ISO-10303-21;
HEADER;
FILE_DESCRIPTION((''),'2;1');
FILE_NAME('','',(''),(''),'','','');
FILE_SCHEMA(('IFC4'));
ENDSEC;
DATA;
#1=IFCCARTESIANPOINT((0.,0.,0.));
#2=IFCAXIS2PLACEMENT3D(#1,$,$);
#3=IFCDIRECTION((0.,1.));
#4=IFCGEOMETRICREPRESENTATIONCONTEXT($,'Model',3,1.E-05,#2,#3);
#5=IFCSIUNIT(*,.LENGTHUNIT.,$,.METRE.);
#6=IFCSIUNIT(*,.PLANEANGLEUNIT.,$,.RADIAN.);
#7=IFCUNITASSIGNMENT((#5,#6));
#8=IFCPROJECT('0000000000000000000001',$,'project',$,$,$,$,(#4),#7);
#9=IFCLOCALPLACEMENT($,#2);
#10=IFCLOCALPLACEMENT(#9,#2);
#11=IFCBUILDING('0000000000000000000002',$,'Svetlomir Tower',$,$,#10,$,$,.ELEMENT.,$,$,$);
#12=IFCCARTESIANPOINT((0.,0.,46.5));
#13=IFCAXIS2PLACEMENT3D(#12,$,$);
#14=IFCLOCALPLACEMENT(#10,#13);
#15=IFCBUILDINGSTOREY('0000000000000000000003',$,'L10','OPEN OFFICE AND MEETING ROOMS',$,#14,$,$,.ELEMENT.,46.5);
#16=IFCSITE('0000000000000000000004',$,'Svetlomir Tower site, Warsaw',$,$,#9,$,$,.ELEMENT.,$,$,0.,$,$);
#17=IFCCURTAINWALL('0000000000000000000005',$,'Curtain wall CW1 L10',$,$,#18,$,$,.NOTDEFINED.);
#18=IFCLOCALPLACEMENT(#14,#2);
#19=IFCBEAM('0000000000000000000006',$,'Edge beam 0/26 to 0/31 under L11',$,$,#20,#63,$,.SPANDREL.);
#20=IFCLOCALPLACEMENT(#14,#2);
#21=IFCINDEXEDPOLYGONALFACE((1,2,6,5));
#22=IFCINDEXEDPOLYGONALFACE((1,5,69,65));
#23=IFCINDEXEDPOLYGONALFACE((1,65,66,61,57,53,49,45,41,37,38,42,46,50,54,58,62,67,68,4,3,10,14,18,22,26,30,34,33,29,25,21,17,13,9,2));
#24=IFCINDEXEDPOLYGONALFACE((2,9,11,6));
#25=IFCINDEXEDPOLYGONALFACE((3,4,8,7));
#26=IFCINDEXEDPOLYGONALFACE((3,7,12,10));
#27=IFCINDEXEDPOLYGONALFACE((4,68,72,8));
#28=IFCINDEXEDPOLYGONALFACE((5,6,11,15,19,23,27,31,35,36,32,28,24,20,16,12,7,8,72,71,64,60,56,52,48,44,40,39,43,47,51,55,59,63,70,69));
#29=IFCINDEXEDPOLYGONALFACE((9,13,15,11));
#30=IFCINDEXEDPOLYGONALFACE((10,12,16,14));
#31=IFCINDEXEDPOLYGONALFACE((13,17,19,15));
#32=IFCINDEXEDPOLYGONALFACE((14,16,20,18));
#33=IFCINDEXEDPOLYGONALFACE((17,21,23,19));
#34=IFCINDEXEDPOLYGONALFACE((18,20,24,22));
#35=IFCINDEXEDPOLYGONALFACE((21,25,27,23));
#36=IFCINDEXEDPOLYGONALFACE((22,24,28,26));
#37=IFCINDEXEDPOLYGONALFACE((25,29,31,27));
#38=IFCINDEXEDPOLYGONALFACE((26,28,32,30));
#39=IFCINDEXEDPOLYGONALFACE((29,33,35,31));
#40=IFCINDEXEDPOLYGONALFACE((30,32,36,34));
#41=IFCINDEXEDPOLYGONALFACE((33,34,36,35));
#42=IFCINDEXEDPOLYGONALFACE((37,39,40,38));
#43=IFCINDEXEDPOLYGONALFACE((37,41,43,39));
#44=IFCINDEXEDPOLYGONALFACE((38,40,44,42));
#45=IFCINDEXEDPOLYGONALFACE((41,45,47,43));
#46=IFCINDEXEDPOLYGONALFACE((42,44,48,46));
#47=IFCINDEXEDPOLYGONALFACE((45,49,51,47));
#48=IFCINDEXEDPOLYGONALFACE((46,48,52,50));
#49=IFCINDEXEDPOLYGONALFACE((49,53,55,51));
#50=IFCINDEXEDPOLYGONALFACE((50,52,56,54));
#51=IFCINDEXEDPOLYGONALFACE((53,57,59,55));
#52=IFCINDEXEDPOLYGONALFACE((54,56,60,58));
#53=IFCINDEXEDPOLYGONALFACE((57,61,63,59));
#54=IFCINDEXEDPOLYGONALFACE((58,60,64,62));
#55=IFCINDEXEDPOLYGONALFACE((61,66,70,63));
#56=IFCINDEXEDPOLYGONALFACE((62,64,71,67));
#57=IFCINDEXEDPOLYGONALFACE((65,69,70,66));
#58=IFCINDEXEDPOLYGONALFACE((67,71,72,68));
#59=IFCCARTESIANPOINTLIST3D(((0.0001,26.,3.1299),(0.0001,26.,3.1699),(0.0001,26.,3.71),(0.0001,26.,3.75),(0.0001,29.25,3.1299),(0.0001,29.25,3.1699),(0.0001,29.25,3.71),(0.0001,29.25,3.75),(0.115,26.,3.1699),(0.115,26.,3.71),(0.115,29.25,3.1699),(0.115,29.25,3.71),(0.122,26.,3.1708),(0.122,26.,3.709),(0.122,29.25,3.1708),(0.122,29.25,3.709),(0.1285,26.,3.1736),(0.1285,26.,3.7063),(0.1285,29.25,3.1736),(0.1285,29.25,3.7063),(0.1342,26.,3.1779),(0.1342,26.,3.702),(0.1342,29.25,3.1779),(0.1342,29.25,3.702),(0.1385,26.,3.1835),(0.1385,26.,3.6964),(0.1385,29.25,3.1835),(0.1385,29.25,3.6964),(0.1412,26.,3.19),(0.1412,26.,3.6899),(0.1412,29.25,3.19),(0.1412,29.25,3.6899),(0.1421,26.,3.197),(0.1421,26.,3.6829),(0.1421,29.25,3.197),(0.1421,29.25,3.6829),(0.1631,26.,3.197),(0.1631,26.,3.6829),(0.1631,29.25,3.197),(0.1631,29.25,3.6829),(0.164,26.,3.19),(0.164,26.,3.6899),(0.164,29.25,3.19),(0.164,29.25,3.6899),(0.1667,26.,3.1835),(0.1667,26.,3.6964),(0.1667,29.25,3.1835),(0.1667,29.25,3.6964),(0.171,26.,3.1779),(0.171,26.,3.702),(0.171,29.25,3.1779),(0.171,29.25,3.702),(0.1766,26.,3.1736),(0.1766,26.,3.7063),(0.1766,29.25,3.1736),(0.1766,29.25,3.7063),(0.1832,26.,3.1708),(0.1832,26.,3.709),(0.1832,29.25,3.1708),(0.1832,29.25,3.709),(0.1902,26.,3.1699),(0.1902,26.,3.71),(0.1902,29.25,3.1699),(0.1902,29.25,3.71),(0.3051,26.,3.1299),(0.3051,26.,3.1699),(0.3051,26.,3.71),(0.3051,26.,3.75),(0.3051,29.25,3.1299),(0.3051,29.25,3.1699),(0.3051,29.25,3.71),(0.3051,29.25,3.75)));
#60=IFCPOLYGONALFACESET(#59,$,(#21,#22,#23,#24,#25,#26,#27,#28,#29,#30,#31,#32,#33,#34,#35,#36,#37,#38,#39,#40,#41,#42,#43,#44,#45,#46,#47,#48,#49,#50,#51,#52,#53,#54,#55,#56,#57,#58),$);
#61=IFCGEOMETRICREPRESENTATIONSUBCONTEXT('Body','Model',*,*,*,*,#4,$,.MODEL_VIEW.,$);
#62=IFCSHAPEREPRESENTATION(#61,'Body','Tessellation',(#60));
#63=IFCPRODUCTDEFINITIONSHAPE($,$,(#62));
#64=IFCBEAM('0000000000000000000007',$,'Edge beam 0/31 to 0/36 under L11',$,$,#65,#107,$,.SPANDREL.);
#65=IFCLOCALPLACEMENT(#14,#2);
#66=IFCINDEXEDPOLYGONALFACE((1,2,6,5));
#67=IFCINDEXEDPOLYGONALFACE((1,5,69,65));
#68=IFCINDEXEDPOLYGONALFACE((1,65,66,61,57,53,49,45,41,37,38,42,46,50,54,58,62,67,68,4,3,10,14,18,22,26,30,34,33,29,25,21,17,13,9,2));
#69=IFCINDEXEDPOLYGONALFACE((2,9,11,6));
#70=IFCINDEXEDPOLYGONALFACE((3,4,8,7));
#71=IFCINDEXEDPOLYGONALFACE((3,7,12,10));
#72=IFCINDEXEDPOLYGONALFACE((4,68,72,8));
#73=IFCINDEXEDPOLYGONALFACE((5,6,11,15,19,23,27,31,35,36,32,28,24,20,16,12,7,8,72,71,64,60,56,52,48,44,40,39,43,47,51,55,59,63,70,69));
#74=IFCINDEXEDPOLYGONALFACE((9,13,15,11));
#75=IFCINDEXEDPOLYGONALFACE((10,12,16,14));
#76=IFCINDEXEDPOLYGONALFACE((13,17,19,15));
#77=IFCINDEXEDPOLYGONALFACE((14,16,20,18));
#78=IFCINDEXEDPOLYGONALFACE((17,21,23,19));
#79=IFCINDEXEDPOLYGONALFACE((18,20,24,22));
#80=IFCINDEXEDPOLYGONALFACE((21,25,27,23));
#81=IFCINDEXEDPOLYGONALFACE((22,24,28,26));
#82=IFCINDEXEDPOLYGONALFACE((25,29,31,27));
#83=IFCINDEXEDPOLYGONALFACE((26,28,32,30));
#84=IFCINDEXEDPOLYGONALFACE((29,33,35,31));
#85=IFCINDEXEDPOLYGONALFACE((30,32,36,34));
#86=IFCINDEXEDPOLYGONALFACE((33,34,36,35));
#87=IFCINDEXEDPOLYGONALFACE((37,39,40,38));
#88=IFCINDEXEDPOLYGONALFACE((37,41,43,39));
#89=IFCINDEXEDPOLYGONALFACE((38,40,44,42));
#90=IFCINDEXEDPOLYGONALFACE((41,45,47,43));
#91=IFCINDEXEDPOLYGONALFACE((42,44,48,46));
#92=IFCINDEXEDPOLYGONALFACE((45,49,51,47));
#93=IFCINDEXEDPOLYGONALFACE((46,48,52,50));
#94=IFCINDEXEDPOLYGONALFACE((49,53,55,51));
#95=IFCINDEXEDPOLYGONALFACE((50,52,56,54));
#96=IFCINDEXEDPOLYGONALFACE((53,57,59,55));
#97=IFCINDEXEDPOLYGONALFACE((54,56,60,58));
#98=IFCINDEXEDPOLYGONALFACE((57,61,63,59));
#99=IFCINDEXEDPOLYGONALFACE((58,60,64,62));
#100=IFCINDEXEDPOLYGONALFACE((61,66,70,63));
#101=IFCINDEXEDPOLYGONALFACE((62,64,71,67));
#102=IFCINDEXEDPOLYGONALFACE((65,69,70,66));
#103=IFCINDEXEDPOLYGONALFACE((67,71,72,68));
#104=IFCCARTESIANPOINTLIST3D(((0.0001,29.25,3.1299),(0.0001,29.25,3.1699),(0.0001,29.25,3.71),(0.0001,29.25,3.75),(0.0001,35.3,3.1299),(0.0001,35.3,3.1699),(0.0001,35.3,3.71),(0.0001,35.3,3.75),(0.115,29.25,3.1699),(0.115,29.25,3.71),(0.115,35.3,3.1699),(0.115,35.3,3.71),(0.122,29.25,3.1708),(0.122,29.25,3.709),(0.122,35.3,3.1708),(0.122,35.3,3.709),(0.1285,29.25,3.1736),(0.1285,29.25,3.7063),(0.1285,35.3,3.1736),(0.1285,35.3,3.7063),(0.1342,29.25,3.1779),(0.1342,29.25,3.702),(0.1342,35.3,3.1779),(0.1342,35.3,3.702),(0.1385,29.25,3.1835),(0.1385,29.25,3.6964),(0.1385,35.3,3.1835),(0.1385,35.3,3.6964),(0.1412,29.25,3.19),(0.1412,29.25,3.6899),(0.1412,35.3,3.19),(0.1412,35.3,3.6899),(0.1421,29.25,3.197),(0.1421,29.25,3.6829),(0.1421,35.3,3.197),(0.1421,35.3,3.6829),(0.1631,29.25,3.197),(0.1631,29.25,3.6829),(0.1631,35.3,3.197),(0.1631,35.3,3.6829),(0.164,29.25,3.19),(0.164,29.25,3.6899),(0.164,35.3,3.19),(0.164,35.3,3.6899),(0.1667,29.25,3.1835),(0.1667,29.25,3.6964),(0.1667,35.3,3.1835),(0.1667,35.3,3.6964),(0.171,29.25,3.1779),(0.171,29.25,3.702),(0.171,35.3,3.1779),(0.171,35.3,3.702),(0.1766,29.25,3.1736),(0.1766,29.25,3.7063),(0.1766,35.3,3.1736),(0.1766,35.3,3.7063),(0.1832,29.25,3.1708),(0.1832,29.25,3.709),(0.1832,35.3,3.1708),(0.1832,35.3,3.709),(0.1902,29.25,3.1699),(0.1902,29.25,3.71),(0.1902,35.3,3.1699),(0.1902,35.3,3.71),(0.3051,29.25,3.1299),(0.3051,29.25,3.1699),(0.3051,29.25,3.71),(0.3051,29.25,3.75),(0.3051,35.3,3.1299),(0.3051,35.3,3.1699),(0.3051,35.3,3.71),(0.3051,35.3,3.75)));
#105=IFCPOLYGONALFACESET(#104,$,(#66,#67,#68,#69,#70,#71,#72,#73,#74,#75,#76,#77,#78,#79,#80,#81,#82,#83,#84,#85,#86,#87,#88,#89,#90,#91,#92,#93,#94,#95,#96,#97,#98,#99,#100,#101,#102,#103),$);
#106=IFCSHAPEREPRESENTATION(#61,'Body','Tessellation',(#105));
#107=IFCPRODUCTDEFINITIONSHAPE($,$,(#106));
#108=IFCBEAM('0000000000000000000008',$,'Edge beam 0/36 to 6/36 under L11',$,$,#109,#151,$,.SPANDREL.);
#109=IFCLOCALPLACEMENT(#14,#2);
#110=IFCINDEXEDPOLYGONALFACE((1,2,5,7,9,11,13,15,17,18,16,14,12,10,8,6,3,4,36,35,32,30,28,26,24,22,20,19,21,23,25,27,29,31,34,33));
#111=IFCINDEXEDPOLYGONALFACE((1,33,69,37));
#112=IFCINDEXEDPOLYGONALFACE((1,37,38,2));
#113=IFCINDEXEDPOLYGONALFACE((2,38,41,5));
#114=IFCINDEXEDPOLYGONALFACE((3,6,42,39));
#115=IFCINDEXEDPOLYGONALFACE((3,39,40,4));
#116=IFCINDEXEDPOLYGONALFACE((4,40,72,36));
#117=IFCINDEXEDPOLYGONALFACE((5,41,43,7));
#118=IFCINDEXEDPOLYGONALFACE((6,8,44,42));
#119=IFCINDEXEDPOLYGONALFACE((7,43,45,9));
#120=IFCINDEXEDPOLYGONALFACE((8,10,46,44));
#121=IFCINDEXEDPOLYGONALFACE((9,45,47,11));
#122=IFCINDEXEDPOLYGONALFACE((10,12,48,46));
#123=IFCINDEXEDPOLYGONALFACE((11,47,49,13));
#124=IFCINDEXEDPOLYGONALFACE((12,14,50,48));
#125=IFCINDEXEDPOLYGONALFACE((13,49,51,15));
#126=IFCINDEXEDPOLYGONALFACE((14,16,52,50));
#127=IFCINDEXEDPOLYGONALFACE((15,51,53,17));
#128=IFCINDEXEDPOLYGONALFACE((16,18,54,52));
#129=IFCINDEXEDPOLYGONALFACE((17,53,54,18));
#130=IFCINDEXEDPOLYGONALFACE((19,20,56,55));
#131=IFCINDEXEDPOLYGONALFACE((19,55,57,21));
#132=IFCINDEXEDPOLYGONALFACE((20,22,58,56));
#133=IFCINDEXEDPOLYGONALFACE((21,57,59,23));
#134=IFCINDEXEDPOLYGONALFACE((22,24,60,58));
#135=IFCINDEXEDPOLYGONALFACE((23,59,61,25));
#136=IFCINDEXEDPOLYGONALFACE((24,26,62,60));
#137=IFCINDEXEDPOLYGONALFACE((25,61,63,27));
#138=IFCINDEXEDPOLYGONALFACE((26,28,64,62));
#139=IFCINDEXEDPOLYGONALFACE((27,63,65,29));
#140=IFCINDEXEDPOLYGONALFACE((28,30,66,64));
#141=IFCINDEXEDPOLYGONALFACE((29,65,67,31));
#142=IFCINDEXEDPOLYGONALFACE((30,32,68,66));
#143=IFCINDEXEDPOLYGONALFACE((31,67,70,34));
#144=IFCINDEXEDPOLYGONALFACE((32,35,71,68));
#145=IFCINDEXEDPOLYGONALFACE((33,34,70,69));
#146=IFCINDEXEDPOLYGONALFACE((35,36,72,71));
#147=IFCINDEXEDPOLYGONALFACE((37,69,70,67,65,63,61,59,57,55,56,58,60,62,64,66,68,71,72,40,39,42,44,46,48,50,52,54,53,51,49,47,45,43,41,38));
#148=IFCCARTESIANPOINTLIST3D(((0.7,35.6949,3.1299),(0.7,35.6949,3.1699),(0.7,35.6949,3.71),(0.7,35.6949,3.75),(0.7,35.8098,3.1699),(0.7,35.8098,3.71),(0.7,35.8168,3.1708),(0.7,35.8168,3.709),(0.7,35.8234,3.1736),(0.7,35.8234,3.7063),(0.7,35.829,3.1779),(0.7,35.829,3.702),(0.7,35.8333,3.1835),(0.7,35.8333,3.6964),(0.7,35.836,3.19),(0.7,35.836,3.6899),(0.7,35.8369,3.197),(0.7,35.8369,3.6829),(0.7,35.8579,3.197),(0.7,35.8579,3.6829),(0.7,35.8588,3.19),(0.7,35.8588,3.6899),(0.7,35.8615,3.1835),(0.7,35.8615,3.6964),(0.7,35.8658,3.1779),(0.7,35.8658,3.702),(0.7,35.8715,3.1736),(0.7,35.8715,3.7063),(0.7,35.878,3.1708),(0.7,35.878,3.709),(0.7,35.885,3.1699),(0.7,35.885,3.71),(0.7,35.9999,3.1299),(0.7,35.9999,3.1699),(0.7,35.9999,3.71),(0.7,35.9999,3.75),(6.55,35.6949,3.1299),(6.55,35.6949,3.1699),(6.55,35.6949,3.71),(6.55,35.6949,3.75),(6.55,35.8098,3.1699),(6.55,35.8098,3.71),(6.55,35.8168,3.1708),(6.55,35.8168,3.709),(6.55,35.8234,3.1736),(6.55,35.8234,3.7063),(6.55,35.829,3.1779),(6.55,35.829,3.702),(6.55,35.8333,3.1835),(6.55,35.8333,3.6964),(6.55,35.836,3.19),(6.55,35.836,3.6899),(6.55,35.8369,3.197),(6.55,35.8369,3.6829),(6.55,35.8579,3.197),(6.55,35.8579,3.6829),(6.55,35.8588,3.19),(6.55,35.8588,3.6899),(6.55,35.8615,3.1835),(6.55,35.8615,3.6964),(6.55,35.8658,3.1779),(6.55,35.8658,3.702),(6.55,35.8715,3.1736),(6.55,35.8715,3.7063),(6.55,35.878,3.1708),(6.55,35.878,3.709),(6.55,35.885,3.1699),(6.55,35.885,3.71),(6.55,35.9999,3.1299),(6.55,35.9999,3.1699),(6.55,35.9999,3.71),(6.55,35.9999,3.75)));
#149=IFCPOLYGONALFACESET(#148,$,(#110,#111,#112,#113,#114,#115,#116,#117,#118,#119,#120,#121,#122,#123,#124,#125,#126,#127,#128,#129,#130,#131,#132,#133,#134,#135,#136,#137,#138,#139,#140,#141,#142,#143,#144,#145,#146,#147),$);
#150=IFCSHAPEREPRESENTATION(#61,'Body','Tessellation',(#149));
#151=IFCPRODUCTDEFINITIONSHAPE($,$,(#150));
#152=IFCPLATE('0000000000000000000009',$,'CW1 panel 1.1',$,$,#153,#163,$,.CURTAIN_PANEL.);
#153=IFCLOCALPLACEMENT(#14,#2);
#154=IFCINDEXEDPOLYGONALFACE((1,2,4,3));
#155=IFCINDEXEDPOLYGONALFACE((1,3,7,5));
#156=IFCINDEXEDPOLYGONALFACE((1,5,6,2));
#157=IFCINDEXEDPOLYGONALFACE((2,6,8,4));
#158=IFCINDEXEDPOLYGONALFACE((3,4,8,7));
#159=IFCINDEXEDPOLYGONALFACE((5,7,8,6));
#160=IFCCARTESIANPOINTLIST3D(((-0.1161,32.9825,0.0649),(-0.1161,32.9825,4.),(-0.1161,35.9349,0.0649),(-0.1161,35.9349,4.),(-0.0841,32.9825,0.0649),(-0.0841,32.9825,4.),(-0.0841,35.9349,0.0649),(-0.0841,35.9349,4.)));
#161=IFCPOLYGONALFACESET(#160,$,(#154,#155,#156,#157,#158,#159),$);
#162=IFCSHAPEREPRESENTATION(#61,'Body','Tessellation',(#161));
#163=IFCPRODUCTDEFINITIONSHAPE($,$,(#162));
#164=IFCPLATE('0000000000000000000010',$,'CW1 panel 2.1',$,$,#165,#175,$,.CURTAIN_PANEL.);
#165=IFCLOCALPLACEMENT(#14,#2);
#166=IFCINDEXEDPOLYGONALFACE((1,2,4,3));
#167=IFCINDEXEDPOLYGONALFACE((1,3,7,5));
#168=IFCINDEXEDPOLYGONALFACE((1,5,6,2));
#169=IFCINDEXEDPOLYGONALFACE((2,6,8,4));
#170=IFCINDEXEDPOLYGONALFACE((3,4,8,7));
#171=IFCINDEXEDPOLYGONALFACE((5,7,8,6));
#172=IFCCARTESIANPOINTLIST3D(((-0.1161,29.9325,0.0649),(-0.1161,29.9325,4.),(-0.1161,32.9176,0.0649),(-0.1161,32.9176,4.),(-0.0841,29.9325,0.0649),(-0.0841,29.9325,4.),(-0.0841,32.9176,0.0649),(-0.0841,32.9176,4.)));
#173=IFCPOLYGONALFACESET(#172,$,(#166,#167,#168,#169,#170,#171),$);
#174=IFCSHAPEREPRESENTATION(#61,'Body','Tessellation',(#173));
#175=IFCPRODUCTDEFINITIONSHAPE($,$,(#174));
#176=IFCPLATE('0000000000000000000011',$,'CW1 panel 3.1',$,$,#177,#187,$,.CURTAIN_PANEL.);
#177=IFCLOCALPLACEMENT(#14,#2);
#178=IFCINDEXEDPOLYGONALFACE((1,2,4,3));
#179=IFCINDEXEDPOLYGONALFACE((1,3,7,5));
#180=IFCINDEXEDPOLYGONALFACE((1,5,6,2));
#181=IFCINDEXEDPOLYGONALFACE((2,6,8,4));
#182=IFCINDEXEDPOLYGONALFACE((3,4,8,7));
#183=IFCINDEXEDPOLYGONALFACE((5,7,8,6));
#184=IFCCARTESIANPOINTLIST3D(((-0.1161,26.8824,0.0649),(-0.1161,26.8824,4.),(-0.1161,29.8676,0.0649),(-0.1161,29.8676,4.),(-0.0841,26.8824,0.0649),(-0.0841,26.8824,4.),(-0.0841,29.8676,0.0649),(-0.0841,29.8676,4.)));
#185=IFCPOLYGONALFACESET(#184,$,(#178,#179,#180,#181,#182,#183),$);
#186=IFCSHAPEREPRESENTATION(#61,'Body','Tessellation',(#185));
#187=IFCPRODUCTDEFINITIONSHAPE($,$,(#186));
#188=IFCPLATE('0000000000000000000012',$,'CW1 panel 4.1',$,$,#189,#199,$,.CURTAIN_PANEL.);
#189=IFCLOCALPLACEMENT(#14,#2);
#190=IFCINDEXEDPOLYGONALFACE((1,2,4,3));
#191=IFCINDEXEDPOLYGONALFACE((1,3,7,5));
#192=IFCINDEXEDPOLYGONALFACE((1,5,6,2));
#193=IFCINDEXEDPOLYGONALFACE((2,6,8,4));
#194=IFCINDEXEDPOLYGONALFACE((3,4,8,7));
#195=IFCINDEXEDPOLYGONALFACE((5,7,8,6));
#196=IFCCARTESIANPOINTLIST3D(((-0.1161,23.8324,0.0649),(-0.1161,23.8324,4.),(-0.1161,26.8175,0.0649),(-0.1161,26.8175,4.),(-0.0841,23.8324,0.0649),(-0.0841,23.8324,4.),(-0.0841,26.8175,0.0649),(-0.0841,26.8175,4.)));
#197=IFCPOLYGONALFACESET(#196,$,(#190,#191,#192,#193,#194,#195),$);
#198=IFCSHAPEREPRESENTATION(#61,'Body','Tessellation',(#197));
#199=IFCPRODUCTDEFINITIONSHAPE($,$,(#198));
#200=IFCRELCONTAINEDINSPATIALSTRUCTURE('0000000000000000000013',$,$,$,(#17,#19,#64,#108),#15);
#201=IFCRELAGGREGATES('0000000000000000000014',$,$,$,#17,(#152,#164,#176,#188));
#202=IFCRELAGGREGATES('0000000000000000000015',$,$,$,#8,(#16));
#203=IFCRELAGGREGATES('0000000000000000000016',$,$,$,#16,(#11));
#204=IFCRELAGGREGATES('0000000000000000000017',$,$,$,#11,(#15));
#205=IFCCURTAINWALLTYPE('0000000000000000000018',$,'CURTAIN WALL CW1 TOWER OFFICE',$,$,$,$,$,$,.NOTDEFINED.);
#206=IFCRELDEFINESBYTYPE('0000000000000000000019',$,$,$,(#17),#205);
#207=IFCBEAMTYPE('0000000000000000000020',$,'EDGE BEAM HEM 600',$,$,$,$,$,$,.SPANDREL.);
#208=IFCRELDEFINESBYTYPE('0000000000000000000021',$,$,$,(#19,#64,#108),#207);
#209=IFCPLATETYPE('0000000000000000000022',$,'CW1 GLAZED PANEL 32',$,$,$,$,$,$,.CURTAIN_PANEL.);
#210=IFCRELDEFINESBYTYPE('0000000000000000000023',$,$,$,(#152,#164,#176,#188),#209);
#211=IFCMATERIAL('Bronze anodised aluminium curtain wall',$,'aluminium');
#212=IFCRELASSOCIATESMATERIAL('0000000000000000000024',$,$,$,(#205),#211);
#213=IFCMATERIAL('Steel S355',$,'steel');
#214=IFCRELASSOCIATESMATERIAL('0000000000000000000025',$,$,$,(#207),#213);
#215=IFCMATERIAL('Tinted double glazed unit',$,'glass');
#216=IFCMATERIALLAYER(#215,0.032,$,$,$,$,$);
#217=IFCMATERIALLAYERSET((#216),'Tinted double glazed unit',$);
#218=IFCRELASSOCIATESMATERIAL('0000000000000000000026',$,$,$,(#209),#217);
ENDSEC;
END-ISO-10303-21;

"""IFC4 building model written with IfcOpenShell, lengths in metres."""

from ifc_helpers import new_model, si_unit, direction, frame, origin, origin_2d, place, context, subcontext, project, spatial, rectangle, i_section, extrude, material, layer, layer_set, material_profile, profile_set, type_object, element, aggregate, save


model = new_model("IFC4")

# Units and contexts
model_context = context("Model", 3, precision=1e-05, world=origin(), true_north=direction((0.0, 1.0)))
body_context = subcontext(model_context, "Body", "Model", "MODEL_VIEW")
ifc_project = project(units=[si_unit("LENGTHUNIT", "METRE"), si_unit("PLANEANGLEUNIT", "RADIAN")], contexts=[model_context])

# Site, building, storey
site_placement = place(None, origin())
site = spatial("IfcSite", under=ifc_project, at=site_placement, Name="Svetlomir Tower site, Warsaw", CompositionType="ELEMENT", RefElevation=0.0)
building_placement = place(site_placement, origin())
building = spatial("IfcBuilding", under=site, at=building_placement, Name="Svetlomir Tower", CompositionType="ELEMENT")
storey_placement = place(building_placement, frame((0.0, 0.0, 46.5)))
storey = spatial("IfcBuildingStorey", under=building, at=storey_placement, Name="L10", Description="OPEN OFFICE AND MEETING ROOMS", CompositionType="ELEMENT", Elevation=46.5)

# Curtain wall
ifc_material_1 = material(Name="Bronze anodised aluminium curtain wall", Category="aluminium")
curtain_wall_type = type_object("IfcCurtainWallType", Name="CURTAIN WALL CW1 TOWER OFFICE", PredefinedType="NOTDEFINED", material=ifc_material_1)
curtain_wall_placement = place(storey_placement, origin())
curtain_wall = element("IfcCurtainWall", 1, at=curtain_wall_placement, inside=storey, type_object=curtain_wall_type, Name="Curtain wall CW1 L10", PredefinedType="NOTDEFINED")

# Beams
ifc_material_2 = material(Name="Steel S355", Category="steel")
ifc_material_profile_1 = material_profile(ifc_material_2, i_section(OverallWidth=0.3049, OverallDepth=0.6201, WebThickness=0.021, FlangeThickness=0.04, FilletRadius=0.0271, at=origin_2d()), Name="HEM 600")
ifc_profile_set_1 = profile_set([ifc_material_profile_1], Name="Steel S355")
beam_type = type_object("IfcBeamType", Name="EDGE BEAM HEM 600", PredefinedType="SPANDREL", material=ifc_profile_set_1)
beam_1_placement = place(storey_placement, frame((0.1526, 26.0, 3.4399), z_axis=(0.0, 1.0, 0.0), x_axis=(-1.0, 0.0, 0.0)))
element("IfcBeam", 2, at=beam_1_placement, inside=storey, type_object=beam_type, Name="Edge beam 0/26 to 0/31 under L11", PredefinedType="SPANDREL", context=body_context, shape_type="SweptSolid", body=[
    extrude(i_section(OverallWidth=0.3049, OverallDepth=0.6201, WebThickness=0.021, FlangeThickness=0.04, FilletRadius=0.0271, at=origin_2d()), origin(), (0.0, 0.0, 1.0), 3.25),
])
beam_2_placement = place(storey_placement, frame((0.1526, 29.25, 3.4399), z_axis=(0.0, 1.0, 0.0), x_axis=(-1.0, 0.0, 0.0)))
element("IfcBeam", 3, at=beam_2_placement, inside=storey, type_object=beam_type, Name="Edge beam 0/31 to 0/36 under L11", PredefinedType="SPANDREL", context=body_context, shape_type="SweptSolid", body=[
    extrude(i_section(OverallWidth=0.3049, OverallDepth=0.6201, WebThickness=0.021, FlangeThickness=0.04, FilletRadius=0.0271, at=origin_2d()), origin(), (0.0, 0.0, 1.0), 6.05),
])
beam_3_placement = place(storey_placement, frame((0.7, 35.8474, 3.4399), z_axis=(1.0, 0.0, 0.0), x_axis=(0.0, 1.0, 0.0)))
element("IfcBeam", 4, at=beam_3_placement, inside=storey, type_object=beam_type, Name="Edge beam 0/36 to 6/36 under L11", PredefinedType="SPANDREL", context=body_context, shape_type="SweptSolid", body=[
    extrude(i_section(OverallWidth=0.3049, OverallDepth=0.6201, WebThickness=0.021, FlangeThickness=0.04, FilletRadius=0.0271, at=origin_2d()), origin(), (0.0, 0.0, 1.0), 5.8501),
])

# Plates
ifc_material_3 = material(Name="Tinted double glazed unit", Category="glass")
ifc_layer_1 = layer(ifc_material_3, 0.032)
ifc_layer_set_1 = layer_set([ifc_layer_1], Name="Tinted double glazed unit")
plate_type = type_object("IfcPlateType", Name="CW1 GLAZED PANEL 32", PredefinedType="CURTAIN_PANEL", material=ifc_layer_set_1)
plate_1_placement = place(storey_placement, frame((-0.1001, 34.4587, 0.0649), z_axis=(0.0, 0.0, 1.0), x_axis=(0.0, -1.0, 0.0)))
plate_1 = element("IfcPlate", 5, at=plate_1_placement, type_object=plate_type, Name="CW1 panel 1.1", PredefinedType="CURTAIN_PANEL", context=body_context, shape_type="SweptSolid", body=[
    extrude(rectangle(XDim=2.9524, YDim=0.032, at=origin_2d()), origin(), (0.0, 0.0, 1.0), 3.9351),
])
plate_2_placement = place(storey_placement, frame((-0.1001, 31.425, 0.0649), z_axis=(0.0, 0.0, 1.0), x_axis=(0.0, -1.0, 0.0)))
plate_2 = element("IfcPlate", 6, at=plate_2_placement, type_object=plate_type, Name="CW1 panel 2.1", PredefinedType="CURTAIN_PANEL", context=body_context, shape_type="SweptSolid", body=[
    extrude(rectangle(XDim=2.9851, YDim=0.032, at=origin_2d()), origin(), (0.0, 0.0, 1.0), 3.9351),
])
plate_3_placement = place(storey_placement, frame((-0.1001, 28.375, 0.0649), z_axis=(0.0, 0.0, 1.0), x_axis=(0.0, -1.0, 0.0)))
plate_3 = element("IfcPlate", 7, at=plate_3_placement, type_object=plate_type, Name="CW1 panel 3.1", PredefinedType="CURTAIN_PANEL", context=body_context, shape_type="SweptSolid", body=[
    extrude(rectangle(XDim=2.9851, YDim=0.032, at=origin_2d()), origin(), (0.0, 0.0, 1.0), 3.9351),
])
plate_4_placement = place(storey_placement, frame((-0.1001, 25.325, 0.0649), z_axis=(0.0, 0.0, 1.0), x_axis=(0.0, -1.0, 0.0)))
plate_4 = element("IfcPlate", 8, at=plate_4_placement, type_object=plate_type, Name="CW1 panel 4.1", PredefinedType="CURTAIN_PANEL", context=body_context, shape_type="SweptSolid", body=[
    extrude(rectangle(XDim=2.9851, YDim=0.032, at=origin_2d()), origin(), (0.0, 0.0, 1.0), 3.9351),
])
aggregate(curtain_wall, [plate_1, plate_2, plate_3, plate_4])

save(model, "model.ifc")
